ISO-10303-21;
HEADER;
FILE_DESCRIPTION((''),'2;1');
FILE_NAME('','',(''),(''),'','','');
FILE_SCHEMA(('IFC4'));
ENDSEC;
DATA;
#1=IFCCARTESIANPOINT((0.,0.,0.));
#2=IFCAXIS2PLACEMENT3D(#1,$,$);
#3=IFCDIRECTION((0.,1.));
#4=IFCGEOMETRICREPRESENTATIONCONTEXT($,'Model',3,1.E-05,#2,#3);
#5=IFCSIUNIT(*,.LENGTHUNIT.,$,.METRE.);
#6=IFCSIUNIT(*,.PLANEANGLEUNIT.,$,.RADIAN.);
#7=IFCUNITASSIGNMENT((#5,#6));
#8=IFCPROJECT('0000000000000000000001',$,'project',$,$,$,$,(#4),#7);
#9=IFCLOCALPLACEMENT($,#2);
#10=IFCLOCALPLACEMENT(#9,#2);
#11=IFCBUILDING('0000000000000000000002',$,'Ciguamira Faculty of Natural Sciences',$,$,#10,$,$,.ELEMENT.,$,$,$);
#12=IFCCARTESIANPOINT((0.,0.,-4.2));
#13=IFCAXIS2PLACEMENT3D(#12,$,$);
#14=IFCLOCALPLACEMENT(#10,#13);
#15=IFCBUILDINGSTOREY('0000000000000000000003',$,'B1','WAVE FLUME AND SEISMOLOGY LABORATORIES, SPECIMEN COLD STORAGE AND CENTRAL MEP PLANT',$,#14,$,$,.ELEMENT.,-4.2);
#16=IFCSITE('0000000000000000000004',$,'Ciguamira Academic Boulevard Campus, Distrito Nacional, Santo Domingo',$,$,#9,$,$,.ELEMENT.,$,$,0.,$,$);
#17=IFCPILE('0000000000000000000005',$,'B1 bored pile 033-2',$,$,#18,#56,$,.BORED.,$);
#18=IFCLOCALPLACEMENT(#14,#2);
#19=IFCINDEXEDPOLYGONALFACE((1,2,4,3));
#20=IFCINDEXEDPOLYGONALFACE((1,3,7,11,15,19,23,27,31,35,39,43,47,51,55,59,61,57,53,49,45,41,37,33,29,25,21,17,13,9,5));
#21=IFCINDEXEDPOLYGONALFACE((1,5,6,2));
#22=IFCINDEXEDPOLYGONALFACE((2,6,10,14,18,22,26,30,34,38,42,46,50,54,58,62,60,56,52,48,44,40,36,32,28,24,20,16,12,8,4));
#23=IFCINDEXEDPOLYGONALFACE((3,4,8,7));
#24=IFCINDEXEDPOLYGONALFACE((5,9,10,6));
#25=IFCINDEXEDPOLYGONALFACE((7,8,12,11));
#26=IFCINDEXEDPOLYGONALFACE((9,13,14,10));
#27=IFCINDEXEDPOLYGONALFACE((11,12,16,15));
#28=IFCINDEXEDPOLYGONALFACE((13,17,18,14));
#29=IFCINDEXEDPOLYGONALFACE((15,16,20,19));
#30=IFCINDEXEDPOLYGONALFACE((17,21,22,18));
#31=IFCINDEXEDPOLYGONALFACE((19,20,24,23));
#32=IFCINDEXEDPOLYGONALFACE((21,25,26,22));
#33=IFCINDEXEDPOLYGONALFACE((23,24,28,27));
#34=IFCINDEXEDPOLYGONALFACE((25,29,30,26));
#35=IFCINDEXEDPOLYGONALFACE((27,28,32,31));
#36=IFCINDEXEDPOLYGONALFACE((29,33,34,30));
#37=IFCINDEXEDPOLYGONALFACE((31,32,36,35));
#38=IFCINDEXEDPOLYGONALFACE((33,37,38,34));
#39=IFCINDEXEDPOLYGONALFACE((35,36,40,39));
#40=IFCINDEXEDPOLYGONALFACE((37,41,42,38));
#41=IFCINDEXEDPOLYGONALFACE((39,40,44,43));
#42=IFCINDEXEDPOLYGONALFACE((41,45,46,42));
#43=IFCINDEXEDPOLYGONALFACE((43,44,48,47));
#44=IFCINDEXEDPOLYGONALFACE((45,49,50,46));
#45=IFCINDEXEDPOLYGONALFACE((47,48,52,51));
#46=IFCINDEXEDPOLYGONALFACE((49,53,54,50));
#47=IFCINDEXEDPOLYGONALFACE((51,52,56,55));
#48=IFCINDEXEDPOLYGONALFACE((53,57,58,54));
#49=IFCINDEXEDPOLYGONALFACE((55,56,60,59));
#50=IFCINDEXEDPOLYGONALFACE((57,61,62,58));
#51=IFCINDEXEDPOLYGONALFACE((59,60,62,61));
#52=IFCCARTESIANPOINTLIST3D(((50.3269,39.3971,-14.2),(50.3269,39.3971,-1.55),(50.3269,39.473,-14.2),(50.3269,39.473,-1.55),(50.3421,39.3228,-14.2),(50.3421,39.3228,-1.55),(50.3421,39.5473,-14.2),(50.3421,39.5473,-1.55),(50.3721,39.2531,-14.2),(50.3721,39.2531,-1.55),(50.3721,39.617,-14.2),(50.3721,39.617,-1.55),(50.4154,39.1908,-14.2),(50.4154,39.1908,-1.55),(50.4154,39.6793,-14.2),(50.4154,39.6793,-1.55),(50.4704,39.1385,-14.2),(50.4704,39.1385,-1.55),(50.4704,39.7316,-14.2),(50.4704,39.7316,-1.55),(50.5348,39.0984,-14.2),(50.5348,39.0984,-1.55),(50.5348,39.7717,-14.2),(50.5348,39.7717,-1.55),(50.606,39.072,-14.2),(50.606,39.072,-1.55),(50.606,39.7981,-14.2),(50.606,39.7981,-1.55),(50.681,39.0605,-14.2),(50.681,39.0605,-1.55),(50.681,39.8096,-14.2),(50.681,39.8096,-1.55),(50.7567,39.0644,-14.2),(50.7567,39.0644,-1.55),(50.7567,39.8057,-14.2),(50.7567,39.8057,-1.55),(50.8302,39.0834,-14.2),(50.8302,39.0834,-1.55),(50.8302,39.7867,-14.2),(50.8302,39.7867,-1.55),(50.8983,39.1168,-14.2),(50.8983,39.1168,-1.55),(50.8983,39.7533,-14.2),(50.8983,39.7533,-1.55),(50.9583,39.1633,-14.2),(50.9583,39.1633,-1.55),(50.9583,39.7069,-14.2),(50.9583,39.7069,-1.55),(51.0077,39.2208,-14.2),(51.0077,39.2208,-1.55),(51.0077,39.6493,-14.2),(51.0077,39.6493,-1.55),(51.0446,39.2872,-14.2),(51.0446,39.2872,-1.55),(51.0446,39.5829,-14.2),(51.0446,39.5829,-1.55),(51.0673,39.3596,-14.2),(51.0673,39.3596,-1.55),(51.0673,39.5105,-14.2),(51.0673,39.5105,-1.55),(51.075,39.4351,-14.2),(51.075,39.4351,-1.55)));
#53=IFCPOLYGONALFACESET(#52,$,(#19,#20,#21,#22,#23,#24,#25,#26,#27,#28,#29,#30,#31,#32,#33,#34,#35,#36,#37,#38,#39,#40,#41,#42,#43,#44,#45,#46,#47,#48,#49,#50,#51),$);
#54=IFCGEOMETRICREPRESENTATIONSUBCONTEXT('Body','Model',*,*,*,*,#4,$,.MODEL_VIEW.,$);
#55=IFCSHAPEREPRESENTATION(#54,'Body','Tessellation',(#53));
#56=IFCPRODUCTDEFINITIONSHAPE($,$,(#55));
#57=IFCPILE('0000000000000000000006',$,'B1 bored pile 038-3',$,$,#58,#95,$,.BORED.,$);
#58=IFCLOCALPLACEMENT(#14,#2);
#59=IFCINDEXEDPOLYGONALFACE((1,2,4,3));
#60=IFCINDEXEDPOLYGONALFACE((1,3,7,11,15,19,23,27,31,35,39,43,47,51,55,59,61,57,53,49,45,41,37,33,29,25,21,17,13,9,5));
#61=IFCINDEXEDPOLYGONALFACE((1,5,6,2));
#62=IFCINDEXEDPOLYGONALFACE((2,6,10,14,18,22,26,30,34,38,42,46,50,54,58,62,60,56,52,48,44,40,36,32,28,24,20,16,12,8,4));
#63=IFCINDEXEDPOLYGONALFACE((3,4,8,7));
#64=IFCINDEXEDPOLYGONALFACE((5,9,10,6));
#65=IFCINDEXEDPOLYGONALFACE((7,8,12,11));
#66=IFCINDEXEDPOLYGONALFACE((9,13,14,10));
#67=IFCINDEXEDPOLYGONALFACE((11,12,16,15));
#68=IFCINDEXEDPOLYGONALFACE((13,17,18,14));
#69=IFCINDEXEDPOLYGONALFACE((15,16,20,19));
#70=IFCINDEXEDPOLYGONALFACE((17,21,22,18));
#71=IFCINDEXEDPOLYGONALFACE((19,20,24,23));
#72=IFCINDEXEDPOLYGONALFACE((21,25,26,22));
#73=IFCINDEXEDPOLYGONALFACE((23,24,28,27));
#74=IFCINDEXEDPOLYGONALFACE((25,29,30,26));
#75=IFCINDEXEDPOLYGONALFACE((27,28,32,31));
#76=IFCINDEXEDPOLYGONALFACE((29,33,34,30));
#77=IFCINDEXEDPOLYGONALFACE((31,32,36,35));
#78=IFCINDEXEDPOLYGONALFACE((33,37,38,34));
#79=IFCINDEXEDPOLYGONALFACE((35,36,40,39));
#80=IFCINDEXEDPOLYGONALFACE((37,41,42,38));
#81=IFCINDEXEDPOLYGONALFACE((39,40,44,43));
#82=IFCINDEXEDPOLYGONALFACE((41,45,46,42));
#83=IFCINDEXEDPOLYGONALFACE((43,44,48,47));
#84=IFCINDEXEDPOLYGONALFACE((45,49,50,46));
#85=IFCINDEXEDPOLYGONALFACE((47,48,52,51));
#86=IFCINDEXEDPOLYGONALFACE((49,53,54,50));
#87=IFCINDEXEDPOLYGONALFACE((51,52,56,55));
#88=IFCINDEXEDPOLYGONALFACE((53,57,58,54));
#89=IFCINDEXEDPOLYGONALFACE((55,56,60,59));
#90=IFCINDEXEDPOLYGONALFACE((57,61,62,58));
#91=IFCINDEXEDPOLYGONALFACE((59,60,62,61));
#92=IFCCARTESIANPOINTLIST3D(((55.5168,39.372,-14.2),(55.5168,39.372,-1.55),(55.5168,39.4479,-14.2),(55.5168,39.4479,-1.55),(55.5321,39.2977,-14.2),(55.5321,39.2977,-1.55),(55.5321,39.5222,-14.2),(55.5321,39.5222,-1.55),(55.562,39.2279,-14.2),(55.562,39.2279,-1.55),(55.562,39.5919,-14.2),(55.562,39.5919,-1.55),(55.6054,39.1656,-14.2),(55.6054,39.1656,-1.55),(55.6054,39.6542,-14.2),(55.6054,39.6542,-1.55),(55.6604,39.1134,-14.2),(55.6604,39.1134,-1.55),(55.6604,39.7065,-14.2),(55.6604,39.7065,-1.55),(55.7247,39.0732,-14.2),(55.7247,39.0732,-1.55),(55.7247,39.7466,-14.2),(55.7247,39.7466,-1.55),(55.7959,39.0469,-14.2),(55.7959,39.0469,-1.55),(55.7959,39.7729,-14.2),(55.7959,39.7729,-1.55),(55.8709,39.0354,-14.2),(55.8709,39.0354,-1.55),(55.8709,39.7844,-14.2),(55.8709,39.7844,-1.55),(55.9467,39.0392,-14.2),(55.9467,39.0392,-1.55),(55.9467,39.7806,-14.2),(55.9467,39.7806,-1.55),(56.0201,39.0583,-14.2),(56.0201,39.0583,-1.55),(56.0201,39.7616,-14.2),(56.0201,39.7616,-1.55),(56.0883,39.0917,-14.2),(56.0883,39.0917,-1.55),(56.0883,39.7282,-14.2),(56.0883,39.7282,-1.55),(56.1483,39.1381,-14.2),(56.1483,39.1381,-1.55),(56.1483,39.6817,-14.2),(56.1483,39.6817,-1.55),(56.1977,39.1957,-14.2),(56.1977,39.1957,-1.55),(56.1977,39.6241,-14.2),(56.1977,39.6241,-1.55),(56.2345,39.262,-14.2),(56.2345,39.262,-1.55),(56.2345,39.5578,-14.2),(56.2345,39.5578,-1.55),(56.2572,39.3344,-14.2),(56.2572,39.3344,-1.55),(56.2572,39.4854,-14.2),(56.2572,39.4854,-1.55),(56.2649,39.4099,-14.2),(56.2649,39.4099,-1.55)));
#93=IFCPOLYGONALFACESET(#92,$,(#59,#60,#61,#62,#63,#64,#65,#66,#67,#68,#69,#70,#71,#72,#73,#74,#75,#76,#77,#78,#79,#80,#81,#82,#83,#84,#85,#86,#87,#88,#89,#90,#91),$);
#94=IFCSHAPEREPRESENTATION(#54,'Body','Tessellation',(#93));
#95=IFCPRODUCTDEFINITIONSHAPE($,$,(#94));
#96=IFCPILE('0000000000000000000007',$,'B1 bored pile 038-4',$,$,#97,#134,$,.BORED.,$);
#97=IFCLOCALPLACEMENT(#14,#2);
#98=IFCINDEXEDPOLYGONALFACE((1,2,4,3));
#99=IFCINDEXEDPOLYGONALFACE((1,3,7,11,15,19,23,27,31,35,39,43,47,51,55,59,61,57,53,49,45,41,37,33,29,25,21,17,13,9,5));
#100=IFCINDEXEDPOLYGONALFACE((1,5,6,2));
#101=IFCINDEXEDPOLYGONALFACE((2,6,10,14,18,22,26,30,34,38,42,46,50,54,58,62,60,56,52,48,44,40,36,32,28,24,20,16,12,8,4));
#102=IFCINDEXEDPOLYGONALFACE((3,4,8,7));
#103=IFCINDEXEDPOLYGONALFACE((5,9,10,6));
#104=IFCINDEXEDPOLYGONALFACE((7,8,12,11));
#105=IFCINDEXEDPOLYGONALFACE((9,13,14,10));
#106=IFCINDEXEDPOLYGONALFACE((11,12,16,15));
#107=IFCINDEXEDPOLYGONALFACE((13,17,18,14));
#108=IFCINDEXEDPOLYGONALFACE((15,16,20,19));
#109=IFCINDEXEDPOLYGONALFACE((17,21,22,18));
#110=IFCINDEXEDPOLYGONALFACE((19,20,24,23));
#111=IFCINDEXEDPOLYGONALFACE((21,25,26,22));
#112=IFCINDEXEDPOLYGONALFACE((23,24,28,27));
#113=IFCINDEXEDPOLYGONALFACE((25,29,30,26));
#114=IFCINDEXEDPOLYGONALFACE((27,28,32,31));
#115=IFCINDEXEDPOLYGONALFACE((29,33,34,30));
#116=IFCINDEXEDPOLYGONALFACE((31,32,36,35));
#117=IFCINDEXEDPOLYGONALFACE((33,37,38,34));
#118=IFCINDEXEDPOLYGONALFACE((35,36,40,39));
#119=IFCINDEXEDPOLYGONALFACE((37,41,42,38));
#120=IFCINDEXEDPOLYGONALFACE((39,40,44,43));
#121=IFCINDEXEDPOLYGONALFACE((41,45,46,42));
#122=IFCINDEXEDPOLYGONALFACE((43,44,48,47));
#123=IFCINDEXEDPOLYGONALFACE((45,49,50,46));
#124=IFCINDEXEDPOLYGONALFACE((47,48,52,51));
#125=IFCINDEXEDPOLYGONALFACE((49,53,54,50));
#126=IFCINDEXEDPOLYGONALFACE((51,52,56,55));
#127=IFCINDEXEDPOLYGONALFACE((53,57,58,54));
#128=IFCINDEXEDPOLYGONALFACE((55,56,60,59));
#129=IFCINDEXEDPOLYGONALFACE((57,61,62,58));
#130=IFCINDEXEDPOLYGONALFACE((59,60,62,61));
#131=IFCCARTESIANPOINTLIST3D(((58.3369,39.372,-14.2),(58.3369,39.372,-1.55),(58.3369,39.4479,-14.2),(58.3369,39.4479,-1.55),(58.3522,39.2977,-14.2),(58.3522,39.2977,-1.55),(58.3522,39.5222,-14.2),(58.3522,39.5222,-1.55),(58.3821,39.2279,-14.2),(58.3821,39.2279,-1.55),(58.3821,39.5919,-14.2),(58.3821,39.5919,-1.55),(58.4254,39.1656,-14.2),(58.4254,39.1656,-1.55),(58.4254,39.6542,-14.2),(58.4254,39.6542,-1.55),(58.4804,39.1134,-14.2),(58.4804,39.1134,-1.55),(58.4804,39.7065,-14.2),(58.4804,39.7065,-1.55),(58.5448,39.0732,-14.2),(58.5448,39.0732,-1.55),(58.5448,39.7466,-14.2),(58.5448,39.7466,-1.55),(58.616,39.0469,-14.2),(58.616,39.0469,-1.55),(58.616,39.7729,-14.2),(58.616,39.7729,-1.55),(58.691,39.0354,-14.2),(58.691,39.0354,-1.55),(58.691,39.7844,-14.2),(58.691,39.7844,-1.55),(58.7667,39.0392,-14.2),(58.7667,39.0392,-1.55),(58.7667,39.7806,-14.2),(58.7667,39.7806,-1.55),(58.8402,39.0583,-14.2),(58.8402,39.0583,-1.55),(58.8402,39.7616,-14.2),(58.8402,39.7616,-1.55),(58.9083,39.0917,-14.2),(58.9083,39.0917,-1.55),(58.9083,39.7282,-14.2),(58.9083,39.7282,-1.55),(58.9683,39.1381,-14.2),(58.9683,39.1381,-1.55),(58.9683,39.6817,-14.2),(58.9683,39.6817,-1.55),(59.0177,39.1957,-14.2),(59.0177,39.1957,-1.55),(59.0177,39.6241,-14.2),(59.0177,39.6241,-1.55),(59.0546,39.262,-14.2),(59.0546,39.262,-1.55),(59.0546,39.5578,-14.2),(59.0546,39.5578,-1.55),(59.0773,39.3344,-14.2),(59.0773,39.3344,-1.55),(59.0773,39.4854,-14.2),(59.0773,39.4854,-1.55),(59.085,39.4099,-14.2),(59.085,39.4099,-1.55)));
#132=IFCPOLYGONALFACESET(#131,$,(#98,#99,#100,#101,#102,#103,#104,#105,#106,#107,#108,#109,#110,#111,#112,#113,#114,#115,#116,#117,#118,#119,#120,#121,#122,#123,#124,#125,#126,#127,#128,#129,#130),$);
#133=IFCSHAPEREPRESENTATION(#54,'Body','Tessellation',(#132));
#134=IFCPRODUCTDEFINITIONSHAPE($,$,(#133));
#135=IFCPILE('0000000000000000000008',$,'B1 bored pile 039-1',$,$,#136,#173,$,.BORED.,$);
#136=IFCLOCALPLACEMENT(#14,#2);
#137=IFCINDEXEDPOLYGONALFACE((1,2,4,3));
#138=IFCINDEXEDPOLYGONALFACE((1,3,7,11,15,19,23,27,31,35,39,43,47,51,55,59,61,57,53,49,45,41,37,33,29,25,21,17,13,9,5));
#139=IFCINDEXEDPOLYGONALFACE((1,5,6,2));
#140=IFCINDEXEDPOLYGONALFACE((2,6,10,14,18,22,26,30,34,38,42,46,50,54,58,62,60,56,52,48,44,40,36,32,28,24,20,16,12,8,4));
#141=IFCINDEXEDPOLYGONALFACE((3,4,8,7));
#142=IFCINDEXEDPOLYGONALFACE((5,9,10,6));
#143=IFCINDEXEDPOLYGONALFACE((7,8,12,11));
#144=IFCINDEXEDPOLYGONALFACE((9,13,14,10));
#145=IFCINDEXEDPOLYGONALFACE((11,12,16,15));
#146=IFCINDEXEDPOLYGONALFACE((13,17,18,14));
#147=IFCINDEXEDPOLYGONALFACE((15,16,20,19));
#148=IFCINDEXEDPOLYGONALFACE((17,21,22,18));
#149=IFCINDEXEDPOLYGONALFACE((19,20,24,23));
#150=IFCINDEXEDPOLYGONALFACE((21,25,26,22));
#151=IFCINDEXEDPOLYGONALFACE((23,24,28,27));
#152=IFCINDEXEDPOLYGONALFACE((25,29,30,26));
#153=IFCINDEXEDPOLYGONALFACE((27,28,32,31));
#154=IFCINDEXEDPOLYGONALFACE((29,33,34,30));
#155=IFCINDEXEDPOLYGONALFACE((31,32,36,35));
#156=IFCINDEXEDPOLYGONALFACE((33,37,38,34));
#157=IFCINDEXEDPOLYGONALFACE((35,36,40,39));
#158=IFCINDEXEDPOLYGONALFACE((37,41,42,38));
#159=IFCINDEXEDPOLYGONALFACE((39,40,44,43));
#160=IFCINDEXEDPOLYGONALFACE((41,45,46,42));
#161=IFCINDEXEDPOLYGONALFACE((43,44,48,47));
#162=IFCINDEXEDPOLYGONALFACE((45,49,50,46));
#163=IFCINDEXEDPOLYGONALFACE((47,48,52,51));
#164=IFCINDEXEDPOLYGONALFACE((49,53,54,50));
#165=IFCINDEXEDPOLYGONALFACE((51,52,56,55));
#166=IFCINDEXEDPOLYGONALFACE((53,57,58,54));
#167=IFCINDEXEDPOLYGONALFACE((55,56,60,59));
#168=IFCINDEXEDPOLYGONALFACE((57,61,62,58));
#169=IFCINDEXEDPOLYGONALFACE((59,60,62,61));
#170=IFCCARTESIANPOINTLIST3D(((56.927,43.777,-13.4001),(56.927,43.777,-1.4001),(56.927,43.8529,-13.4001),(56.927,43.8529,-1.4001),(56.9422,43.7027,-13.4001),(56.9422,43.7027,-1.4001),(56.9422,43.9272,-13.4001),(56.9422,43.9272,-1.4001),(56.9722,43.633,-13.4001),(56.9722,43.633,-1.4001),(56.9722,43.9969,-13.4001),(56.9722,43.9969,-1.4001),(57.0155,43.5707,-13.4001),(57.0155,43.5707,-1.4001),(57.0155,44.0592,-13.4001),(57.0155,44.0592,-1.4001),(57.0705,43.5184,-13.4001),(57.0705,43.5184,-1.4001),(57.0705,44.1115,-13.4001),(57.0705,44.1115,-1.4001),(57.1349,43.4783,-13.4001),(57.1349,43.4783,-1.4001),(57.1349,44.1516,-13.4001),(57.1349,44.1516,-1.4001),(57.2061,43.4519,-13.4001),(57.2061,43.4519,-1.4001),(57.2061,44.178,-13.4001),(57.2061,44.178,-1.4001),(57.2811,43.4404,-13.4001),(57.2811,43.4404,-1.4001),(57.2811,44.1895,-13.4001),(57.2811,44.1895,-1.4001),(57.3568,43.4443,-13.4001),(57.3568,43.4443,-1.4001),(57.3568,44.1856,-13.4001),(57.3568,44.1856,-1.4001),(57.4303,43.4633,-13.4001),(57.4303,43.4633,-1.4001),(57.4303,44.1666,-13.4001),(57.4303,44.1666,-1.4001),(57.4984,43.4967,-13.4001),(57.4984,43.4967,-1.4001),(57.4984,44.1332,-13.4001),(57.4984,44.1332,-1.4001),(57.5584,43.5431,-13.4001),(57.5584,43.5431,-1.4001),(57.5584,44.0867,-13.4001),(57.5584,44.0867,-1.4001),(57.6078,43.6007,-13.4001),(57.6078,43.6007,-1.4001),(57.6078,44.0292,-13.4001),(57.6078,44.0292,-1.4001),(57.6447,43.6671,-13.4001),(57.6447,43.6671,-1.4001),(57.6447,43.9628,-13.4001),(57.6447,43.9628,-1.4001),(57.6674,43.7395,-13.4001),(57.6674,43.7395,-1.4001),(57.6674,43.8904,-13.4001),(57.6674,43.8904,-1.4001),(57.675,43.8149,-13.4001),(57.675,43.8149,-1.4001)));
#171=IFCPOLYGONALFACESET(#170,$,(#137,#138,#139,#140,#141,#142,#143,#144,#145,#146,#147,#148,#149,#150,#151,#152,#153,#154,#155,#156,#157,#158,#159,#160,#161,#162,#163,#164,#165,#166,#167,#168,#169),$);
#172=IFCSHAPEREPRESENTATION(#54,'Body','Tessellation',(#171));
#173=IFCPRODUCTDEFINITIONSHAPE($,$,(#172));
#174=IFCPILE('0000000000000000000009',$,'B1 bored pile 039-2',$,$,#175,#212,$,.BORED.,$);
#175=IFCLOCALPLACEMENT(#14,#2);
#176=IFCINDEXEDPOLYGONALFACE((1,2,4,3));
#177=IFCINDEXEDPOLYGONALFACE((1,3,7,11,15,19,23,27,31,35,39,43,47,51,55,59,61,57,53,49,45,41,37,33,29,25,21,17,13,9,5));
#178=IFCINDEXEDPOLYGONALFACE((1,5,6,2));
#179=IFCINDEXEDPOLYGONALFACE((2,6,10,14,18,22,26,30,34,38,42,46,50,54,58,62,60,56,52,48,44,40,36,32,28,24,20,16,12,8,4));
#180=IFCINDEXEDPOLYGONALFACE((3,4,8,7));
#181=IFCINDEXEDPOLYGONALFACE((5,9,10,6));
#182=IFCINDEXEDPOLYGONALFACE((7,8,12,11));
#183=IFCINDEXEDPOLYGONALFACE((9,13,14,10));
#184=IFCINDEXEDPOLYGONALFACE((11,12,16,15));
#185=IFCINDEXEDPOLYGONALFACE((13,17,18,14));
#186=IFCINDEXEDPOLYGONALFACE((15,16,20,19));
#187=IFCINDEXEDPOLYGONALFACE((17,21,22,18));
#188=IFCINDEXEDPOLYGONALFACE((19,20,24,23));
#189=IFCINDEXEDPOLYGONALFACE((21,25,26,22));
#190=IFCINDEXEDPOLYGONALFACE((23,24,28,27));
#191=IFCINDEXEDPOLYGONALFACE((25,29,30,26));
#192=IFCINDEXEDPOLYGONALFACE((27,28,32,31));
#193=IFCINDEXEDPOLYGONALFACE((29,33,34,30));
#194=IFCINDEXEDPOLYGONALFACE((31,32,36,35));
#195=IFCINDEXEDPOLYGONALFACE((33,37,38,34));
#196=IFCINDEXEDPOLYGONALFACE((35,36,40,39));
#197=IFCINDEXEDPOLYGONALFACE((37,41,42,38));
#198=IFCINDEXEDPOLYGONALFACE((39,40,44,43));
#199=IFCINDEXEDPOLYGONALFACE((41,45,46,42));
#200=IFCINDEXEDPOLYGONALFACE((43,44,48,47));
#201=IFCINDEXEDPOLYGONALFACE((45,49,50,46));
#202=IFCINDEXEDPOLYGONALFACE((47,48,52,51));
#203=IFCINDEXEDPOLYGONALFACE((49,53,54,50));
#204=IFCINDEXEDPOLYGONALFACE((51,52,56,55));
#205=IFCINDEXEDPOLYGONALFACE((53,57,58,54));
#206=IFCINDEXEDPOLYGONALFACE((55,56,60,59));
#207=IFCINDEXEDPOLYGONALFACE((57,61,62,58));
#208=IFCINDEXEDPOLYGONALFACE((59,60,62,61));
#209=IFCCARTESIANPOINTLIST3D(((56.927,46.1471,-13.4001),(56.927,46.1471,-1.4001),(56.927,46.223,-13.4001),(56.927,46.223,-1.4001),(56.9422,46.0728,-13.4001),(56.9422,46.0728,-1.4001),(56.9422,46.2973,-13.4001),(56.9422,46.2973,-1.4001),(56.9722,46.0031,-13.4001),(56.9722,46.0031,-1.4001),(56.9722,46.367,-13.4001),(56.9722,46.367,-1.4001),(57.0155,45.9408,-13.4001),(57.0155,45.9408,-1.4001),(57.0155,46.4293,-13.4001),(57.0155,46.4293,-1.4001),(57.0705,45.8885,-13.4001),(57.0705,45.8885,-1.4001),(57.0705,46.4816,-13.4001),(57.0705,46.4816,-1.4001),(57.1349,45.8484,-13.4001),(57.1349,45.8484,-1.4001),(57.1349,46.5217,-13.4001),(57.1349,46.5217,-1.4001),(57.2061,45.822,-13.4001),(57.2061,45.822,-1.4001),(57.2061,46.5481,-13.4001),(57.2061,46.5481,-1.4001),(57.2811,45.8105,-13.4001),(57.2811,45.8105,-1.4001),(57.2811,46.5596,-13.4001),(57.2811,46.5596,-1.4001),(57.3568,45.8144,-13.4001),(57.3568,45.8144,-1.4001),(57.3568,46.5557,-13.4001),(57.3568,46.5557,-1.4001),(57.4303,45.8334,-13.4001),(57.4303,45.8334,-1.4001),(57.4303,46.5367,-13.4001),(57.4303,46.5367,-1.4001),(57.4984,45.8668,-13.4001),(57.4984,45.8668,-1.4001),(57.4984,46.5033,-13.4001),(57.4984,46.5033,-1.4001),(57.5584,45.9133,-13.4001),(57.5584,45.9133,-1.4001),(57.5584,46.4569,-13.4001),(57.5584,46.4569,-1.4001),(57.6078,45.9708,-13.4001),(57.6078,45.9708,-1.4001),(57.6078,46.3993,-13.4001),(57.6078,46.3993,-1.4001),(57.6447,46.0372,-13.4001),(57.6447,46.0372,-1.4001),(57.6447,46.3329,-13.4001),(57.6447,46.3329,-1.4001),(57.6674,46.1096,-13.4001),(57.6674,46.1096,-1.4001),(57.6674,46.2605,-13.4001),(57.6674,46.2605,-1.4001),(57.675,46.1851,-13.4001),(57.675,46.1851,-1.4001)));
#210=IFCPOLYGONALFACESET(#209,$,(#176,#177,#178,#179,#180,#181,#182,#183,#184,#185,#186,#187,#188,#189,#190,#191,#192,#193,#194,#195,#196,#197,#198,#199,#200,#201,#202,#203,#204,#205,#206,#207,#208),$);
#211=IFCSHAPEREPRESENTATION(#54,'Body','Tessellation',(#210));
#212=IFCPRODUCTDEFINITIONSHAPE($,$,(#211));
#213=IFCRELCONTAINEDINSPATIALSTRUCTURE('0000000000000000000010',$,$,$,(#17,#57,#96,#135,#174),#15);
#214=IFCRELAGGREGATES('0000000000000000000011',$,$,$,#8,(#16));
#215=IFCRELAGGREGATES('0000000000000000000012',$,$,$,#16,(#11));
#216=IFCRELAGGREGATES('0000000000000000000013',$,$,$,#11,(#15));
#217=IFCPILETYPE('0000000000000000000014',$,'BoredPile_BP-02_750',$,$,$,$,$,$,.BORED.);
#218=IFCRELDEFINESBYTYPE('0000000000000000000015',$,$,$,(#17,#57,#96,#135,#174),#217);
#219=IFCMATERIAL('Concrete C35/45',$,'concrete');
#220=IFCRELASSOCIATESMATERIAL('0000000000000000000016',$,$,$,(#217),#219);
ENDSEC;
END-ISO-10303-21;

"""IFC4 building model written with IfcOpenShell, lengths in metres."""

from ifc_helpers import new_model, si_unit, direction, frame, origin, origin_2d, place, context, subcontext, project, spatial, circle, extrude, material, material_profile, profile_set, type_object, element, save


model = new_model("IFC4")

# Units and contexts
model_context = context("Model", 3, precision=1e-05, world=origin(), true_north=direction((0.0, 1.0)))
body_context = subcontext(model_context, "Body", "Model", "MODEL_VIEW")
ifc_project = project(units=[si_unit("LENGTHUNIT", "METRE"), si_unit("PLANEANGLEUNIT", "RADIAN")], contexts=[model_context])

# Site, building, storey
site_placement = place(None, origin())
site = spatial("IfcSite", under=ifc_project, at=site_placement, Name="Ciguamira Academic Boulevard Campus, Distrito Nacional, Santo Domingo", CompositionType="ELEMENT", RefElevation=0.0)
building_placement = place(site_placement, origin())
building = spatial("IfcBuilding", under=site, at=building_placement, Name="Ciguamira Faculty of Natural Sciences", CompositionType="ELEMENT")
storey_placement = place(building_placement, frame((0.0, 0.0, -4.2)))
storey = spatial("IfcBuildingStorey", under=building, at=storey_placement, Name="B1", Description="WAVE FLUME AND SEISMOLOGY LABORATORIES, SPECIMEN COLD STORAGE AND CENTRAL MEP PLANT", CompositionType="ELEMENT", Elevation=-4.2)

# Piles
ifc_material_1 = material(Name="Concrete C35/45", Category="concrete")
ifc_material_profile_1 = material_profile(ifc_material_1, circle(Radius=0.375, at=origin_2d()), Name="PILE-BORED-750")
ifc_profile_set_1 = profile_set([ifc_material_profile_1], Name="Concrete C35/45")
pile_type = type_object("IfcPileType", Name="BoredPile_BP-02_750", PredefinedType="BORED", material=ifc_profile_set_1)
for number, where, z_axis, x_axis, name in (
    (1, (50.7, 39.4351, -1.55), (0.0, 0.0, -1.0), (1.0, 0.0, 0.0), "B1 bored pile 033-2"),
    (2, (55.8899, 39.4099, -1.55), (0.0, 0.0, -1.0), (1.0, 0.0, 0.0), "B1 bored pile 038-3"),
    (3, (58.71, 39.4099, -1.55), (0.0, 0.0, -1.0), (1.0, 0.0, 0.0), "B1 bored pile 038-4"),
):
    element("IfcPile", number, at=place(storey_placement, frame(where, z_axis=z_axis, x_axis=x_axis)), inside=storey, type_object=pile_type, Name=name, PredefinedType="BORED", context=body_context, shape_type="SweptSolid", body=[
        extrude(circle(Radius=0.375, at=origin_2d()), origin(), (0.0, 0.0, 1.0), 12.6499),
    ])
for number, where, z_axis, x_axis, name in (
    (4, (57.3, 43.8149, -1.4001), (0.0, 0.0, -1.0), (1.0, 0.0, 0.0), "B1 bored pile 039-1"),
    (5, (57.3, 46.1851, -1.4001), (0.0, 0.0, -1.0), (1.0, 0.0, 0.0), "B1 bored pile 039-2"),
):
    element("IfcPile", number, at=place(storey_placement, frame(where, z_axis=z_axis, x_axis=x_axis)), inside=storey, type_object=pile_type, Name=name, PredefinedType="BORED", context=body_context, shape_type="SweptSolid", body=[
        extrude(circle(Radius=0.375, at=origin_2d()), origin(), (0.0, 0.0, 1.0), 12.0),
    ])

save(model, "model.ifc")
